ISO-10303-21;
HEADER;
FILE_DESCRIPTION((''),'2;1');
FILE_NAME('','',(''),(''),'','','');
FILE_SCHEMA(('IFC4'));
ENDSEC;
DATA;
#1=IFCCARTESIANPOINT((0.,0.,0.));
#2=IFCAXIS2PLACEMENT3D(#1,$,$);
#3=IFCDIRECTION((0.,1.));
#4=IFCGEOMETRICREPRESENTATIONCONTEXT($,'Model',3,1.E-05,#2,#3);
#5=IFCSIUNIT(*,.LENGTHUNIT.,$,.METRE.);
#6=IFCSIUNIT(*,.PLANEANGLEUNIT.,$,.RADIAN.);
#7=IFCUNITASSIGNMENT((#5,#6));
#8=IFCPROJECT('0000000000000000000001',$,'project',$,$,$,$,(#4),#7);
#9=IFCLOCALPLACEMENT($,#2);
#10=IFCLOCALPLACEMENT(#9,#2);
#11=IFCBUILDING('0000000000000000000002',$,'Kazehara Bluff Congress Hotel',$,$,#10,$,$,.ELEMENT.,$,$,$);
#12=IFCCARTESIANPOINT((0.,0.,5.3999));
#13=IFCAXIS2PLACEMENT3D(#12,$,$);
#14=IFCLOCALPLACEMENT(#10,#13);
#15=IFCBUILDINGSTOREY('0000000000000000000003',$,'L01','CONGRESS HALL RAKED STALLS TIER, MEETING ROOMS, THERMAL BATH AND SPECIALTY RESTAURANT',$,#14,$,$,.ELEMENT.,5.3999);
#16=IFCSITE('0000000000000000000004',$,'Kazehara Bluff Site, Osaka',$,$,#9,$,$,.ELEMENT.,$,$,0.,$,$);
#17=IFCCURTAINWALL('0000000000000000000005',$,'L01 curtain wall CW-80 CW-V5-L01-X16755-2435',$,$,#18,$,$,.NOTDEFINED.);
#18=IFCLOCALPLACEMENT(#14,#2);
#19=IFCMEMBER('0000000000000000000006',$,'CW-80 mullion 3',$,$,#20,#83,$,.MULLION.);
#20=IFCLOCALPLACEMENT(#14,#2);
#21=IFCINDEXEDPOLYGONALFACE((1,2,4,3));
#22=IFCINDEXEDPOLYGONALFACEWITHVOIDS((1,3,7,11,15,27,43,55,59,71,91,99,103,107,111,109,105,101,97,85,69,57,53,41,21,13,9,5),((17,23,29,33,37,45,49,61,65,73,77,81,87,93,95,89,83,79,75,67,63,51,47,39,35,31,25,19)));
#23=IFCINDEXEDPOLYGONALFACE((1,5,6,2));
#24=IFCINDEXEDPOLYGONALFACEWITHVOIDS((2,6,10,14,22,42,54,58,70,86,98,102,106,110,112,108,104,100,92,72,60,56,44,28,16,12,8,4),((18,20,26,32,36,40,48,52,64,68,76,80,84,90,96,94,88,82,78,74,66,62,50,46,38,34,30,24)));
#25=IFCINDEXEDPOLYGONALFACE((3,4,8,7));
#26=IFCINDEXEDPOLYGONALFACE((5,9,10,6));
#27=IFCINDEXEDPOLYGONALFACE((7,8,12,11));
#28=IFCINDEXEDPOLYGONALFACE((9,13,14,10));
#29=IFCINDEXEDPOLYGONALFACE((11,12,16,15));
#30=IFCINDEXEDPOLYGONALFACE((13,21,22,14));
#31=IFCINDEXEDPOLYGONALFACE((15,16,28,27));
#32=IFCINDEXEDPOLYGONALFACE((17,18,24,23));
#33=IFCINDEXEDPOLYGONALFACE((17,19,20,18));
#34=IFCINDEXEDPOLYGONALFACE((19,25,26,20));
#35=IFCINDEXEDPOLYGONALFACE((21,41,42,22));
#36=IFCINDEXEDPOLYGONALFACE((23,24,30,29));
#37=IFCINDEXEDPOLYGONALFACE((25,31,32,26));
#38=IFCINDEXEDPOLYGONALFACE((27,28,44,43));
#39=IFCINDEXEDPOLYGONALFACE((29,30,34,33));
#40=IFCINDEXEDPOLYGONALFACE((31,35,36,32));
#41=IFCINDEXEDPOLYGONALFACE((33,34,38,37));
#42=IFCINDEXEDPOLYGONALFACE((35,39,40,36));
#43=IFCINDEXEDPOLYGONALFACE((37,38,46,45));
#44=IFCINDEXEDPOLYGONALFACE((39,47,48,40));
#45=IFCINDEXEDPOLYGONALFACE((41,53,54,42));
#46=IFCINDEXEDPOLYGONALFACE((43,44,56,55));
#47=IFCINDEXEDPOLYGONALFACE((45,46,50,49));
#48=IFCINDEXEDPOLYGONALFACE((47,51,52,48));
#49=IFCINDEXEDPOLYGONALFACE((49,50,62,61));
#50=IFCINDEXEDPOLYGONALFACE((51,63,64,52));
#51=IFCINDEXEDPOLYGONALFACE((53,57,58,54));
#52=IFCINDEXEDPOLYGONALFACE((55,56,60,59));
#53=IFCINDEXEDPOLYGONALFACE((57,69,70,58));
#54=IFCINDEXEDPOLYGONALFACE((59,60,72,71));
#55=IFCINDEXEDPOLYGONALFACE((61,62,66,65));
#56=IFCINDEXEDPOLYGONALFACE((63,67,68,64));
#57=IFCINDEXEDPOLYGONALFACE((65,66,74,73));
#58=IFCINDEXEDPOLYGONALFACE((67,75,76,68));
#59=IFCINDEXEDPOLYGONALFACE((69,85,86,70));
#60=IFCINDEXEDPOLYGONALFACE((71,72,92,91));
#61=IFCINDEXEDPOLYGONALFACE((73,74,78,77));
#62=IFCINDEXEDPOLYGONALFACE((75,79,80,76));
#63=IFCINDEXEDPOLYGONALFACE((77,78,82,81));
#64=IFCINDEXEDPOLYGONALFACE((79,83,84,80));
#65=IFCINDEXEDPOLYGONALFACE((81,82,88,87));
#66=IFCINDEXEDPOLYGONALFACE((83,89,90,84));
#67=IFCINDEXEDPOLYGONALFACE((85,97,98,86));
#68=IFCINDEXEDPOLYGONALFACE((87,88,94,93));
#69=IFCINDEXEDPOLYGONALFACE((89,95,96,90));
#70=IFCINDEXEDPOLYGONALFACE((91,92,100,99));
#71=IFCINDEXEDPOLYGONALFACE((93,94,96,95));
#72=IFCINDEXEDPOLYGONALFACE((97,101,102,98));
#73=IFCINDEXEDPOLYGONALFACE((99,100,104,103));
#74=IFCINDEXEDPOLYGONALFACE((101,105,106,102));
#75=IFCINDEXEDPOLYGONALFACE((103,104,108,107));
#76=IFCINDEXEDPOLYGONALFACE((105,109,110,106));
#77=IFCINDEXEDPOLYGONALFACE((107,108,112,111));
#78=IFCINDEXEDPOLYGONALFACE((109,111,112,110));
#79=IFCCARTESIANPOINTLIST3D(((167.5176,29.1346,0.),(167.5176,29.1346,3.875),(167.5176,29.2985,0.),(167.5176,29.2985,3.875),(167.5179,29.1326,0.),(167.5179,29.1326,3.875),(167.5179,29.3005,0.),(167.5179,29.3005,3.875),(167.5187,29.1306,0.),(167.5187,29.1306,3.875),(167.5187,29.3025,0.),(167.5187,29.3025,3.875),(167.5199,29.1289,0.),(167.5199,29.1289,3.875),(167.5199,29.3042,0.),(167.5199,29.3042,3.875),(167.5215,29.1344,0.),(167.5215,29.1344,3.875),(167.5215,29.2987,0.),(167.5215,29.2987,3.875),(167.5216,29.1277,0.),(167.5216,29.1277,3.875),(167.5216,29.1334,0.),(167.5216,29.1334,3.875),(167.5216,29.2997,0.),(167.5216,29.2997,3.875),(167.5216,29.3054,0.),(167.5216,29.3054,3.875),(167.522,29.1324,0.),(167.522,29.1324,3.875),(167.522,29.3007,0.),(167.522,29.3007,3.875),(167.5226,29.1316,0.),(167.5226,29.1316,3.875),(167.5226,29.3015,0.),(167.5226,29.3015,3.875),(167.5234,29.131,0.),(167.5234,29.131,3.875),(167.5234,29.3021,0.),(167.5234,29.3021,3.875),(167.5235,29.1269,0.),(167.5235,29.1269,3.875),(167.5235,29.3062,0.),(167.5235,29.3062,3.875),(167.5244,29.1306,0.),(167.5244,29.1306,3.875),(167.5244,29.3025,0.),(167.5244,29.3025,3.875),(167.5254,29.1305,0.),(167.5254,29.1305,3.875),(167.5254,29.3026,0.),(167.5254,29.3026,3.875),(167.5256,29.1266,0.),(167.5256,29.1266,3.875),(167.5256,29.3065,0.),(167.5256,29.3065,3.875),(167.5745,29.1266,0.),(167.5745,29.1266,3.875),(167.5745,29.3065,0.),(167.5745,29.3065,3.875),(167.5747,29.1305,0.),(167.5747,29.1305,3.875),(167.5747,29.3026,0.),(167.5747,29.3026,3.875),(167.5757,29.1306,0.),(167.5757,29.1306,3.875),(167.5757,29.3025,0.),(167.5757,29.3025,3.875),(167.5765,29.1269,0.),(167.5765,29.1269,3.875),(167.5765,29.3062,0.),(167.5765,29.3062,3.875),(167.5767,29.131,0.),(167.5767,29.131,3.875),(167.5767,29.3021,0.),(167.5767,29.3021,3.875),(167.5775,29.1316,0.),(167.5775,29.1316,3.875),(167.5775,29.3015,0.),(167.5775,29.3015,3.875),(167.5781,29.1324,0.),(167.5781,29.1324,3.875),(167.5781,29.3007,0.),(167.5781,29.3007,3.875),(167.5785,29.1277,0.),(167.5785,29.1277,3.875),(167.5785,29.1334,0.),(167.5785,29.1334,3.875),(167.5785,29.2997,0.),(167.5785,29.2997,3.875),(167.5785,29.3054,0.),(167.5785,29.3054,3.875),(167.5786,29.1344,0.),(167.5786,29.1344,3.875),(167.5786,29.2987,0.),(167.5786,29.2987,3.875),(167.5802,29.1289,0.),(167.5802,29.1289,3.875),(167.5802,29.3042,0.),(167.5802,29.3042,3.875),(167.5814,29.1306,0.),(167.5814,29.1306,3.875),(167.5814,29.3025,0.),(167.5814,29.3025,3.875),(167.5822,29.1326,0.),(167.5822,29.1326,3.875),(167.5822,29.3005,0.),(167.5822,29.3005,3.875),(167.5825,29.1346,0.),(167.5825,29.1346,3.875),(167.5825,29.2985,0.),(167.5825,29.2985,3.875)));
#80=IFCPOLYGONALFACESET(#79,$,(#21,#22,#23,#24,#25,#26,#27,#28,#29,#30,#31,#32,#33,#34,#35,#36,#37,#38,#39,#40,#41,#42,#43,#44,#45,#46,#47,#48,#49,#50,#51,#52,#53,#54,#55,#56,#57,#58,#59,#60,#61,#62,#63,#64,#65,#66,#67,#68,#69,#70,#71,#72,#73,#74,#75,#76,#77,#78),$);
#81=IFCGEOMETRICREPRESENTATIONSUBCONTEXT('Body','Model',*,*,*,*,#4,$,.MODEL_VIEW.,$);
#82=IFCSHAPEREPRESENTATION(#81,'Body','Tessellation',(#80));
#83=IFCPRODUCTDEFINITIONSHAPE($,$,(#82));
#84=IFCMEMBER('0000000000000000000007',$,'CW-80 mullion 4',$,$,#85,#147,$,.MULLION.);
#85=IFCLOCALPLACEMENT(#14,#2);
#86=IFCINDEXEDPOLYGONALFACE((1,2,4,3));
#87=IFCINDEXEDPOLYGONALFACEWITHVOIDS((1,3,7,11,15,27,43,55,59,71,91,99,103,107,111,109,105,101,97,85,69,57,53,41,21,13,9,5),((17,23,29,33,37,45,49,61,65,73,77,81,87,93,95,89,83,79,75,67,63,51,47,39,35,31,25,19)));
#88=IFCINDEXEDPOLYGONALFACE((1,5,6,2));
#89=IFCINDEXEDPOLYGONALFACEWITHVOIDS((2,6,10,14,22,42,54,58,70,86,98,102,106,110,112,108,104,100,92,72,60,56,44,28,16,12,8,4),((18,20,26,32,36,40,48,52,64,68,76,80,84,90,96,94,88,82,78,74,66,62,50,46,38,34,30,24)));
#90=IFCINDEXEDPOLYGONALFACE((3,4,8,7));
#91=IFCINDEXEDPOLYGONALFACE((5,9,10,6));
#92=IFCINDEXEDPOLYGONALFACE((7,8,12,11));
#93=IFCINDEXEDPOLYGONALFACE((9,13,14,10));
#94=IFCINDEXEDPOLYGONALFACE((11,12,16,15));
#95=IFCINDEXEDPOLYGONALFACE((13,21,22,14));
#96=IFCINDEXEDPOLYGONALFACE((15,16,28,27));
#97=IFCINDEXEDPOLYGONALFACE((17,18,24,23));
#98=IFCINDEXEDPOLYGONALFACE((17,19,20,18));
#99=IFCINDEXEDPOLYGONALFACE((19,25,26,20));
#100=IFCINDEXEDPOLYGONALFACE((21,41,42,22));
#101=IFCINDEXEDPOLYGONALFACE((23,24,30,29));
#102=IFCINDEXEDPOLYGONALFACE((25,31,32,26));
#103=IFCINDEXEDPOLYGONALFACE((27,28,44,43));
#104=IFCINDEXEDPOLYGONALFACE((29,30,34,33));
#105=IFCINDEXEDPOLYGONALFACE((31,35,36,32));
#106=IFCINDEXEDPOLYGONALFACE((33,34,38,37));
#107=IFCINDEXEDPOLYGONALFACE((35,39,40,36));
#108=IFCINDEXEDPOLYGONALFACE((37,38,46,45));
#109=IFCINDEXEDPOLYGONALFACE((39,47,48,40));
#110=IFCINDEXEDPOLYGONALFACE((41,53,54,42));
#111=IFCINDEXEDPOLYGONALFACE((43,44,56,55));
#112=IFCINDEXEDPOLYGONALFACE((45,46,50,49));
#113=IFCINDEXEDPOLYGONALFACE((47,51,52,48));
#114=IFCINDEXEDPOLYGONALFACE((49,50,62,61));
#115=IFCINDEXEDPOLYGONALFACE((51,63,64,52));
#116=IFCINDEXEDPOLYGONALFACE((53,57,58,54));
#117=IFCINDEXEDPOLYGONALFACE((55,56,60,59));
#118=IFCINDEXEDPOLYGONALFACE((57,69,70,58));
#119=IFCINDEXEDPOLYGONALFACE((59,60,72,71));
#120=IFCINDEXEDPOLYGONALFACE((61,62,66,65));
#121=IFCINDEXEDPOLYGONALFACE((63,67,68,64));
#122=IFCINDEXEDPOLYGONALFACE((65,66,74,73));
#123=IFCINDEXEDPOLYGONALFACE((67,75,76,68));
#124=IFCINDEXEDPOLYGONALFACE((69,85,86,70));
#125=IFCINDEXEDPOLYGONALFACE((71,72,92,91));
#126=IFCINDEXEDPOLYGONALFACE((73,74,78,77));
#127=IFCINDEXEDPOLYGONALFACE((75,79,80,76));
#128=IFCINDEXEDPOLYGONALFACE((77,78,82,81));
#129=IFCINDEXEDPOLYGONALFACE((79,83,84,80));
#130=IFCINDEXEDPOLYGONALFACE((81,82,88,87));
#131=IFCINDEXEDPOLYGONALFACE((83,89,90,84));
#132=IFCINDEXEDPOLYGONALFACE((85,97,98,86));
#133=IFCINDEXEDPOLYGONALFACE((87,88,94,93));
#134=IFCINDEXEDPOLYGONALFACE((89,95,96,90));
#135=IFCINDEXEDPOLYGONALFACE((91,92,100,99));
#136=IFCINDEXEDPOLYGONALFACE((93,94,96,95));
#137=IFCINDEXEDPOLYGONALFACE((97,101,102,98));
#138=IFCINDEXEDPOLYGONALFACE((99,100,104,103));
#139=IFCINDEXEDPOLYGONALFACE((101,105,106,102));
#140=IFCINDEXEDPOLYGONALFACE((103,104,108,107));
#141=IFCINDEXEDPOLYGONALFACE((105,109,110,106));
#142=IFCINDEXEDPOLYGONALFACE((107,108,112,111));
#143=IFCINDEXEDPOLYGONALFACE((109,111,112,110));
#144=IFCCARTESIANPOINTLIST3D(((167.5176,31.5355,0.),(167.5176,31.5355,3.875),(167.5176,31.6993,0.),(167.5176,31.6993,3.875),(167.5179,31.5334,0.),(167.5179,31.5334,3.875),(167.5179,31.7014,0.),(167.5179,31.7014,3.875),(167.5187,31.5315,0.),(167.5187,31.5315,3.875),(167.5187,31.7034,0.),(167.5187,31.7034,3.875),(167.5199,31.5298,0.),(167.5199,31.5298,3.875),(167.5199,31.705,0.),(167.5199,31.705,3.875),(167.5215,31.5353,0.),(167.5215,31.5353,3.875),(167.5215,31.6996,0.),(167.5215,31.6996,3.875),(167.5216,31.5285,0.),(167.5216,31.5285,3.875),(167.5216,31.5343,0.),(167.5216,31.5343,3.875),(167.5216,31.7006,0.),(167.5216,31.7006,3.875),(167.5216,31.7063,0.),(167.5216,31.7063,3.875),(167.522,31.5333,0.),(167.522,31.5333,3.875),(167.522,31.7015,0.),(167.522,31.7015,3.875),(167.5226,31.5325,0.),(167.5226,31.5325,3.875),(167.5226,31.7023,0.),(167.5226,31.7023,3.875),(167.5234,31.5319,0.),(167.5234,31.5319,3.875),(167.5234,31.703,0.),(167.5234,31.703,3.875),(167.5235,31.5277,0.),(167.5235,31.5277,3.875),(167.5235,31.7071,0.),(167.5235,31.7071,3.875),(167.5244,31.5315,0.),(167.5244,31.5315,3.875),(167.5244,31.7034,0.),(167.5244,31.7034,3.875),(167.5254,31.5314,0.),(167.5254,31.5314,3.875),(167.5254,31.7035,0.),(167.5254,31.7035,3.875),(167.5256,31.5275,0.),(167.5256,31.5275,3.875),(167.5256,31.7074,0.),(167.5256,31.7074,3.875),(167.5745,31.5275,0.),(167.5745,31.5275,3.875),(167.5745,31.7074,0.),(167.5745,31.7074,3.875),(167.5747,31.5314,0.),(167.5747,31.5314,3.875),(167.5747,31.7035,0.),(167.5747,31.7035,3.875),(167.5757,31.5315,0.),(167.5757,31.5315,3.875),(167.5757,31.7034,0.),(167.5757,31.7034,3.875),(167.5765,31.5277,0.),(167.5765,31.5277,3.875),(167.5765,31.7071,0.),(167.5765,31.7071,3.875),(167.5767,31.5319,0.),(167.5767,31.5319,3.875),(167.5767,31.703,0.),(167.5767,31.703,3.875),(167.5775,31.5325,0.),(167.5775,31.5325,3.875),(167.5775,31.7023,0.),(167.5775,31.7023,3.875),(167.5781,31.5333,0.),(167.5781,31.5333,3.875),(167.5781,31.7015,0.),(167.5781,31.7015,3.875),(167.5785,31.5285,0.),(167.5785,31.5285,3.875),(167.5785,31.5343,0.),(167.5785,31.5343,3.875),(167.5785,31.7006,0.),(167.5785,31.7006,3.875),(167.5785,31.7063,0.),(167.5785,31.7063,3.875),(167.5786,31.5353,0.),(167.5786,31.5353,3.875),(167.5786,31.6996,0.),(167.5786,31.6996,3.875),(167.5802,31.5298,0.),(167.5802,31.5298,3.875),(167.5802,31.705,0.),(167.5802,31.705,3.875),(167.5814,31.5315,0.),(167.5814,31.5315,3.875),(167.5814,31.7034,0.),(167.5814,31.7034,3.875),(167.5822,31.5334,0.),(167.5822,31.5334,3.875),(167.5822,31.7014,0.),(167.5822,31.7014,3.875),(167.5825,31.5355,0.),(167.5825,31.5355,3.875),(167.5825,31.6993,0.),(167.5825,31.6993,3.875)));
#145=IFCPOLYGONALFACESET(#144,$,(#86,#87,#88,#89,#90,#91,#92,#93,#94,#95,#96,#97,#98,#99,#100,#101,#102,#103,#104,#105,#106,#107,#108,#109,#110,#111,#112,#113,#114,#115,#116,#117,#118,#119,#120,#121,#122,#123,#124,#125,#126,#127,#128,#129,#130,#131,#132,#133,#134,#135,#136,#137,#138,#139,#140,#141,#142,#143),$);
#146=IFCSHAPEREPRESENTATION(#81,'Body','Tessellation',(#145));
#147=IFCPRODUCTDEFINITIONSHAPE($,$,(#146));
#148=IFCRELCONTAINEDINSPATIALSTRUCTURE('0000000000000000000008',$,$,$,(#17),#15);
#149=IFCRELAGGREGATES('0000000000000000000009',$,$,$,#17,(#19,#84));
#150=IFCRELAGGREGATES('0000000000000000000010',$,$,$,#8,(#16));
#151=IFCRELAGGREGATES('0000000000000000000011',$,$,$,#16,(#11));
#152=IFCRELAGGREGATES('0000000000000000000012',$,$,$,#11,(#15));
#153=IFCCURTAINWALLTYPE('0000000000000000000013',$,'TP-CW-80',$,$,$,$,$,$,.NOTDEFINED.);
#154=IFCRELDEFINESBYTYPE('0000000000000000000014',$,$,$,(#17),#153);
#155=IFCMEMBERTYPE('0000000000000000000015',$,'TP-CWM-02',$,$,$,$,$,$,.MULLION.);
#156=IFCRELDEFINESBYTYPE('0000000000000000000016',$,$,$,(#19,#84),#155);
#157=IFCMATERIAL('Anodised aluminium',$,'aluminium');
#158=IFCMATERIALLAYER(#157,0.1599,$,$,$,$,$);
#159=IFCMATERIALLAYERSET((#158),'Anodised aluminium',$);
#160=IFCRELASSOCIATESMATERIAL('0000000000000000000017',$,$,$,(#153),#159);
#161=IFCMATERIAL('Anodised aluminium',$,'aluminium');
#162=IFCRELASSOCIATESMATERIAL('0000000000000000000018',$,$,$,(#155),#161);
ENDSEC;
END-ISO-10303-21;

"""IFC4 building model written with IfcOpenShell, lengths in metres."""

from ifc_helpers import new_model, si_unit, direction, frame, origin, origin_2d, place, context, subcontext, project, spatial, hollow_rectangle, extrude, material, layer, layer_set, material_profile, profile_set, type_object, element, aggregate, save


model = new_model("IFC4")

# Units and contexts
model_context = context("Model", 3, precision=1e-05, world=origin(), true_north=direction((0.0, 1.0)))
body_context = subcontext(model_context, "Body", "Model", "MODEL_VIEW")
ifc_project = project(units=[si_unit("LENGTHUNIT", "METRE"), si_unit("PLANEANGLEUNIT", "RADIAN")], contexts=[model_context])

# Site, building, storey
site_placement = place(None, origin())
site = spatial("IfcSite", under=ifc_project, at=site_placement, Name="Kazehara Bluff Site, Osaka", CompositionType="ELEMENT", RefElevation=0.0)
building_placement = place(site_placement, origin())
building = spatial("IfcBuilding", under=site, at=building_placement, Name="Kazehara Bluff Congress Hotel", CompositionType="ELEMENT")
storey_placement = place(building_placement, frame((0.0, 0.0, 5.3999)))
storey = spatial("IfcBuildingStorey", under=building, at=storey_placement, Name="L01", Description="CONGRESS HALL RAKED STALLS TIER, MEETING ROOMS, THERMAL BATH AND SPECIALTY RESTAURANT", CompositionType="ELEMENT", Elevation=5.3999)

# Curtain wall, members
ifc_material_1 = material(Name="Anodised aluminium", Category="aluminium")
ifc_layer_1 = layer(ifc_material_1, 0.1599)
ifc_layer_set_1 = layer_set([ifc_layer_1], Name="Anodised aluminium")
curtain_wall_type_1 = type_object("IfcCurtainWallType", Name="TP-CW-80", PredefinedType="NOTDEFINED", material=ifc_layer_set_1)
curtain_wall_1_placement = place(storey_placement, origin())
curtain_wall_1 = element("IfcCurtainWall", 1, at=curtain_wall_1_placement, inside=storey, type_object=curtain_wall_type_1, Name="L01 curtain wall CW-80 CW-V5-L01-X16755-2435", PredefinedType="NOTDEFINED")
ifc_material_2 = material(Name="Anodised aluminium", Category="aluminium")
ifc_material_profile_1 = material_profile(ifc_material_2, hollow_rectangle(XDim=0.0649, YDim=0.1799, WallThickness=0.0039, InnerFilletRadius=0.0039, OuterFilletRadius=0.0081, at=origin_2d()))
ifc_profile_set_1 = profile_set([ifc_material_profile_1], Name="Anodised aluminium")
member_type_1 = type_object("IfcMemberType", Name="TP-CWM-02", PredefinedType="MULLION", material=ifc_profile_set_1)
member_1_placement = place(storey_placement, frame((167.55, 29.2166, 0.0), z_axis=(0.0, 0.0, 1.0), x_axis=(-1.0, 0.0, 0.0)))
member_1 = element("IfcMember", 2, at=member_1_placement, type_object=member_type_1, Name="CW-80 mullion 3", PredefinedType="MULLION", context=body_context, shape_type="SweptSolid", body=[
    extrude(hollow_rectangle(XDim=0.0649, YDim=0.1799, WallThickness=0.0039, InnerFilletRadius=0.0039, OuterFilletRadius=0.0081, at=origin_2d()), origin(), (0.0, 0.0, 1.0), 3.875),
])
member_2_placement = place(storey_placement, frame((167.55, 31.6174, 0.0), z_axis=(0.0, 0.0, 1.0), x_axis=(-1.0, 0.0, 0.0)))
member_2 = element("IfcMember", 3, at=member_2_placement, type_object=member_type_1, Name="CW-80 mullion 4", PredefinedType="MULLION", context=body_context, shape_type="SweptSolid", body=[
    extrude(hollow_rectangle(XDim=0.0649, YDim=0.1799, WallThickness=0.0039, InnerFilletRadius=0.0039, OuterFilletRadius=0.0081, at=origin_2d()), origin(), (0.0, 0.0, 1.0), 3.875),
])

aggregate(curtain_wall_1, [member_1, member_2])

save(model, "model.ifc")
